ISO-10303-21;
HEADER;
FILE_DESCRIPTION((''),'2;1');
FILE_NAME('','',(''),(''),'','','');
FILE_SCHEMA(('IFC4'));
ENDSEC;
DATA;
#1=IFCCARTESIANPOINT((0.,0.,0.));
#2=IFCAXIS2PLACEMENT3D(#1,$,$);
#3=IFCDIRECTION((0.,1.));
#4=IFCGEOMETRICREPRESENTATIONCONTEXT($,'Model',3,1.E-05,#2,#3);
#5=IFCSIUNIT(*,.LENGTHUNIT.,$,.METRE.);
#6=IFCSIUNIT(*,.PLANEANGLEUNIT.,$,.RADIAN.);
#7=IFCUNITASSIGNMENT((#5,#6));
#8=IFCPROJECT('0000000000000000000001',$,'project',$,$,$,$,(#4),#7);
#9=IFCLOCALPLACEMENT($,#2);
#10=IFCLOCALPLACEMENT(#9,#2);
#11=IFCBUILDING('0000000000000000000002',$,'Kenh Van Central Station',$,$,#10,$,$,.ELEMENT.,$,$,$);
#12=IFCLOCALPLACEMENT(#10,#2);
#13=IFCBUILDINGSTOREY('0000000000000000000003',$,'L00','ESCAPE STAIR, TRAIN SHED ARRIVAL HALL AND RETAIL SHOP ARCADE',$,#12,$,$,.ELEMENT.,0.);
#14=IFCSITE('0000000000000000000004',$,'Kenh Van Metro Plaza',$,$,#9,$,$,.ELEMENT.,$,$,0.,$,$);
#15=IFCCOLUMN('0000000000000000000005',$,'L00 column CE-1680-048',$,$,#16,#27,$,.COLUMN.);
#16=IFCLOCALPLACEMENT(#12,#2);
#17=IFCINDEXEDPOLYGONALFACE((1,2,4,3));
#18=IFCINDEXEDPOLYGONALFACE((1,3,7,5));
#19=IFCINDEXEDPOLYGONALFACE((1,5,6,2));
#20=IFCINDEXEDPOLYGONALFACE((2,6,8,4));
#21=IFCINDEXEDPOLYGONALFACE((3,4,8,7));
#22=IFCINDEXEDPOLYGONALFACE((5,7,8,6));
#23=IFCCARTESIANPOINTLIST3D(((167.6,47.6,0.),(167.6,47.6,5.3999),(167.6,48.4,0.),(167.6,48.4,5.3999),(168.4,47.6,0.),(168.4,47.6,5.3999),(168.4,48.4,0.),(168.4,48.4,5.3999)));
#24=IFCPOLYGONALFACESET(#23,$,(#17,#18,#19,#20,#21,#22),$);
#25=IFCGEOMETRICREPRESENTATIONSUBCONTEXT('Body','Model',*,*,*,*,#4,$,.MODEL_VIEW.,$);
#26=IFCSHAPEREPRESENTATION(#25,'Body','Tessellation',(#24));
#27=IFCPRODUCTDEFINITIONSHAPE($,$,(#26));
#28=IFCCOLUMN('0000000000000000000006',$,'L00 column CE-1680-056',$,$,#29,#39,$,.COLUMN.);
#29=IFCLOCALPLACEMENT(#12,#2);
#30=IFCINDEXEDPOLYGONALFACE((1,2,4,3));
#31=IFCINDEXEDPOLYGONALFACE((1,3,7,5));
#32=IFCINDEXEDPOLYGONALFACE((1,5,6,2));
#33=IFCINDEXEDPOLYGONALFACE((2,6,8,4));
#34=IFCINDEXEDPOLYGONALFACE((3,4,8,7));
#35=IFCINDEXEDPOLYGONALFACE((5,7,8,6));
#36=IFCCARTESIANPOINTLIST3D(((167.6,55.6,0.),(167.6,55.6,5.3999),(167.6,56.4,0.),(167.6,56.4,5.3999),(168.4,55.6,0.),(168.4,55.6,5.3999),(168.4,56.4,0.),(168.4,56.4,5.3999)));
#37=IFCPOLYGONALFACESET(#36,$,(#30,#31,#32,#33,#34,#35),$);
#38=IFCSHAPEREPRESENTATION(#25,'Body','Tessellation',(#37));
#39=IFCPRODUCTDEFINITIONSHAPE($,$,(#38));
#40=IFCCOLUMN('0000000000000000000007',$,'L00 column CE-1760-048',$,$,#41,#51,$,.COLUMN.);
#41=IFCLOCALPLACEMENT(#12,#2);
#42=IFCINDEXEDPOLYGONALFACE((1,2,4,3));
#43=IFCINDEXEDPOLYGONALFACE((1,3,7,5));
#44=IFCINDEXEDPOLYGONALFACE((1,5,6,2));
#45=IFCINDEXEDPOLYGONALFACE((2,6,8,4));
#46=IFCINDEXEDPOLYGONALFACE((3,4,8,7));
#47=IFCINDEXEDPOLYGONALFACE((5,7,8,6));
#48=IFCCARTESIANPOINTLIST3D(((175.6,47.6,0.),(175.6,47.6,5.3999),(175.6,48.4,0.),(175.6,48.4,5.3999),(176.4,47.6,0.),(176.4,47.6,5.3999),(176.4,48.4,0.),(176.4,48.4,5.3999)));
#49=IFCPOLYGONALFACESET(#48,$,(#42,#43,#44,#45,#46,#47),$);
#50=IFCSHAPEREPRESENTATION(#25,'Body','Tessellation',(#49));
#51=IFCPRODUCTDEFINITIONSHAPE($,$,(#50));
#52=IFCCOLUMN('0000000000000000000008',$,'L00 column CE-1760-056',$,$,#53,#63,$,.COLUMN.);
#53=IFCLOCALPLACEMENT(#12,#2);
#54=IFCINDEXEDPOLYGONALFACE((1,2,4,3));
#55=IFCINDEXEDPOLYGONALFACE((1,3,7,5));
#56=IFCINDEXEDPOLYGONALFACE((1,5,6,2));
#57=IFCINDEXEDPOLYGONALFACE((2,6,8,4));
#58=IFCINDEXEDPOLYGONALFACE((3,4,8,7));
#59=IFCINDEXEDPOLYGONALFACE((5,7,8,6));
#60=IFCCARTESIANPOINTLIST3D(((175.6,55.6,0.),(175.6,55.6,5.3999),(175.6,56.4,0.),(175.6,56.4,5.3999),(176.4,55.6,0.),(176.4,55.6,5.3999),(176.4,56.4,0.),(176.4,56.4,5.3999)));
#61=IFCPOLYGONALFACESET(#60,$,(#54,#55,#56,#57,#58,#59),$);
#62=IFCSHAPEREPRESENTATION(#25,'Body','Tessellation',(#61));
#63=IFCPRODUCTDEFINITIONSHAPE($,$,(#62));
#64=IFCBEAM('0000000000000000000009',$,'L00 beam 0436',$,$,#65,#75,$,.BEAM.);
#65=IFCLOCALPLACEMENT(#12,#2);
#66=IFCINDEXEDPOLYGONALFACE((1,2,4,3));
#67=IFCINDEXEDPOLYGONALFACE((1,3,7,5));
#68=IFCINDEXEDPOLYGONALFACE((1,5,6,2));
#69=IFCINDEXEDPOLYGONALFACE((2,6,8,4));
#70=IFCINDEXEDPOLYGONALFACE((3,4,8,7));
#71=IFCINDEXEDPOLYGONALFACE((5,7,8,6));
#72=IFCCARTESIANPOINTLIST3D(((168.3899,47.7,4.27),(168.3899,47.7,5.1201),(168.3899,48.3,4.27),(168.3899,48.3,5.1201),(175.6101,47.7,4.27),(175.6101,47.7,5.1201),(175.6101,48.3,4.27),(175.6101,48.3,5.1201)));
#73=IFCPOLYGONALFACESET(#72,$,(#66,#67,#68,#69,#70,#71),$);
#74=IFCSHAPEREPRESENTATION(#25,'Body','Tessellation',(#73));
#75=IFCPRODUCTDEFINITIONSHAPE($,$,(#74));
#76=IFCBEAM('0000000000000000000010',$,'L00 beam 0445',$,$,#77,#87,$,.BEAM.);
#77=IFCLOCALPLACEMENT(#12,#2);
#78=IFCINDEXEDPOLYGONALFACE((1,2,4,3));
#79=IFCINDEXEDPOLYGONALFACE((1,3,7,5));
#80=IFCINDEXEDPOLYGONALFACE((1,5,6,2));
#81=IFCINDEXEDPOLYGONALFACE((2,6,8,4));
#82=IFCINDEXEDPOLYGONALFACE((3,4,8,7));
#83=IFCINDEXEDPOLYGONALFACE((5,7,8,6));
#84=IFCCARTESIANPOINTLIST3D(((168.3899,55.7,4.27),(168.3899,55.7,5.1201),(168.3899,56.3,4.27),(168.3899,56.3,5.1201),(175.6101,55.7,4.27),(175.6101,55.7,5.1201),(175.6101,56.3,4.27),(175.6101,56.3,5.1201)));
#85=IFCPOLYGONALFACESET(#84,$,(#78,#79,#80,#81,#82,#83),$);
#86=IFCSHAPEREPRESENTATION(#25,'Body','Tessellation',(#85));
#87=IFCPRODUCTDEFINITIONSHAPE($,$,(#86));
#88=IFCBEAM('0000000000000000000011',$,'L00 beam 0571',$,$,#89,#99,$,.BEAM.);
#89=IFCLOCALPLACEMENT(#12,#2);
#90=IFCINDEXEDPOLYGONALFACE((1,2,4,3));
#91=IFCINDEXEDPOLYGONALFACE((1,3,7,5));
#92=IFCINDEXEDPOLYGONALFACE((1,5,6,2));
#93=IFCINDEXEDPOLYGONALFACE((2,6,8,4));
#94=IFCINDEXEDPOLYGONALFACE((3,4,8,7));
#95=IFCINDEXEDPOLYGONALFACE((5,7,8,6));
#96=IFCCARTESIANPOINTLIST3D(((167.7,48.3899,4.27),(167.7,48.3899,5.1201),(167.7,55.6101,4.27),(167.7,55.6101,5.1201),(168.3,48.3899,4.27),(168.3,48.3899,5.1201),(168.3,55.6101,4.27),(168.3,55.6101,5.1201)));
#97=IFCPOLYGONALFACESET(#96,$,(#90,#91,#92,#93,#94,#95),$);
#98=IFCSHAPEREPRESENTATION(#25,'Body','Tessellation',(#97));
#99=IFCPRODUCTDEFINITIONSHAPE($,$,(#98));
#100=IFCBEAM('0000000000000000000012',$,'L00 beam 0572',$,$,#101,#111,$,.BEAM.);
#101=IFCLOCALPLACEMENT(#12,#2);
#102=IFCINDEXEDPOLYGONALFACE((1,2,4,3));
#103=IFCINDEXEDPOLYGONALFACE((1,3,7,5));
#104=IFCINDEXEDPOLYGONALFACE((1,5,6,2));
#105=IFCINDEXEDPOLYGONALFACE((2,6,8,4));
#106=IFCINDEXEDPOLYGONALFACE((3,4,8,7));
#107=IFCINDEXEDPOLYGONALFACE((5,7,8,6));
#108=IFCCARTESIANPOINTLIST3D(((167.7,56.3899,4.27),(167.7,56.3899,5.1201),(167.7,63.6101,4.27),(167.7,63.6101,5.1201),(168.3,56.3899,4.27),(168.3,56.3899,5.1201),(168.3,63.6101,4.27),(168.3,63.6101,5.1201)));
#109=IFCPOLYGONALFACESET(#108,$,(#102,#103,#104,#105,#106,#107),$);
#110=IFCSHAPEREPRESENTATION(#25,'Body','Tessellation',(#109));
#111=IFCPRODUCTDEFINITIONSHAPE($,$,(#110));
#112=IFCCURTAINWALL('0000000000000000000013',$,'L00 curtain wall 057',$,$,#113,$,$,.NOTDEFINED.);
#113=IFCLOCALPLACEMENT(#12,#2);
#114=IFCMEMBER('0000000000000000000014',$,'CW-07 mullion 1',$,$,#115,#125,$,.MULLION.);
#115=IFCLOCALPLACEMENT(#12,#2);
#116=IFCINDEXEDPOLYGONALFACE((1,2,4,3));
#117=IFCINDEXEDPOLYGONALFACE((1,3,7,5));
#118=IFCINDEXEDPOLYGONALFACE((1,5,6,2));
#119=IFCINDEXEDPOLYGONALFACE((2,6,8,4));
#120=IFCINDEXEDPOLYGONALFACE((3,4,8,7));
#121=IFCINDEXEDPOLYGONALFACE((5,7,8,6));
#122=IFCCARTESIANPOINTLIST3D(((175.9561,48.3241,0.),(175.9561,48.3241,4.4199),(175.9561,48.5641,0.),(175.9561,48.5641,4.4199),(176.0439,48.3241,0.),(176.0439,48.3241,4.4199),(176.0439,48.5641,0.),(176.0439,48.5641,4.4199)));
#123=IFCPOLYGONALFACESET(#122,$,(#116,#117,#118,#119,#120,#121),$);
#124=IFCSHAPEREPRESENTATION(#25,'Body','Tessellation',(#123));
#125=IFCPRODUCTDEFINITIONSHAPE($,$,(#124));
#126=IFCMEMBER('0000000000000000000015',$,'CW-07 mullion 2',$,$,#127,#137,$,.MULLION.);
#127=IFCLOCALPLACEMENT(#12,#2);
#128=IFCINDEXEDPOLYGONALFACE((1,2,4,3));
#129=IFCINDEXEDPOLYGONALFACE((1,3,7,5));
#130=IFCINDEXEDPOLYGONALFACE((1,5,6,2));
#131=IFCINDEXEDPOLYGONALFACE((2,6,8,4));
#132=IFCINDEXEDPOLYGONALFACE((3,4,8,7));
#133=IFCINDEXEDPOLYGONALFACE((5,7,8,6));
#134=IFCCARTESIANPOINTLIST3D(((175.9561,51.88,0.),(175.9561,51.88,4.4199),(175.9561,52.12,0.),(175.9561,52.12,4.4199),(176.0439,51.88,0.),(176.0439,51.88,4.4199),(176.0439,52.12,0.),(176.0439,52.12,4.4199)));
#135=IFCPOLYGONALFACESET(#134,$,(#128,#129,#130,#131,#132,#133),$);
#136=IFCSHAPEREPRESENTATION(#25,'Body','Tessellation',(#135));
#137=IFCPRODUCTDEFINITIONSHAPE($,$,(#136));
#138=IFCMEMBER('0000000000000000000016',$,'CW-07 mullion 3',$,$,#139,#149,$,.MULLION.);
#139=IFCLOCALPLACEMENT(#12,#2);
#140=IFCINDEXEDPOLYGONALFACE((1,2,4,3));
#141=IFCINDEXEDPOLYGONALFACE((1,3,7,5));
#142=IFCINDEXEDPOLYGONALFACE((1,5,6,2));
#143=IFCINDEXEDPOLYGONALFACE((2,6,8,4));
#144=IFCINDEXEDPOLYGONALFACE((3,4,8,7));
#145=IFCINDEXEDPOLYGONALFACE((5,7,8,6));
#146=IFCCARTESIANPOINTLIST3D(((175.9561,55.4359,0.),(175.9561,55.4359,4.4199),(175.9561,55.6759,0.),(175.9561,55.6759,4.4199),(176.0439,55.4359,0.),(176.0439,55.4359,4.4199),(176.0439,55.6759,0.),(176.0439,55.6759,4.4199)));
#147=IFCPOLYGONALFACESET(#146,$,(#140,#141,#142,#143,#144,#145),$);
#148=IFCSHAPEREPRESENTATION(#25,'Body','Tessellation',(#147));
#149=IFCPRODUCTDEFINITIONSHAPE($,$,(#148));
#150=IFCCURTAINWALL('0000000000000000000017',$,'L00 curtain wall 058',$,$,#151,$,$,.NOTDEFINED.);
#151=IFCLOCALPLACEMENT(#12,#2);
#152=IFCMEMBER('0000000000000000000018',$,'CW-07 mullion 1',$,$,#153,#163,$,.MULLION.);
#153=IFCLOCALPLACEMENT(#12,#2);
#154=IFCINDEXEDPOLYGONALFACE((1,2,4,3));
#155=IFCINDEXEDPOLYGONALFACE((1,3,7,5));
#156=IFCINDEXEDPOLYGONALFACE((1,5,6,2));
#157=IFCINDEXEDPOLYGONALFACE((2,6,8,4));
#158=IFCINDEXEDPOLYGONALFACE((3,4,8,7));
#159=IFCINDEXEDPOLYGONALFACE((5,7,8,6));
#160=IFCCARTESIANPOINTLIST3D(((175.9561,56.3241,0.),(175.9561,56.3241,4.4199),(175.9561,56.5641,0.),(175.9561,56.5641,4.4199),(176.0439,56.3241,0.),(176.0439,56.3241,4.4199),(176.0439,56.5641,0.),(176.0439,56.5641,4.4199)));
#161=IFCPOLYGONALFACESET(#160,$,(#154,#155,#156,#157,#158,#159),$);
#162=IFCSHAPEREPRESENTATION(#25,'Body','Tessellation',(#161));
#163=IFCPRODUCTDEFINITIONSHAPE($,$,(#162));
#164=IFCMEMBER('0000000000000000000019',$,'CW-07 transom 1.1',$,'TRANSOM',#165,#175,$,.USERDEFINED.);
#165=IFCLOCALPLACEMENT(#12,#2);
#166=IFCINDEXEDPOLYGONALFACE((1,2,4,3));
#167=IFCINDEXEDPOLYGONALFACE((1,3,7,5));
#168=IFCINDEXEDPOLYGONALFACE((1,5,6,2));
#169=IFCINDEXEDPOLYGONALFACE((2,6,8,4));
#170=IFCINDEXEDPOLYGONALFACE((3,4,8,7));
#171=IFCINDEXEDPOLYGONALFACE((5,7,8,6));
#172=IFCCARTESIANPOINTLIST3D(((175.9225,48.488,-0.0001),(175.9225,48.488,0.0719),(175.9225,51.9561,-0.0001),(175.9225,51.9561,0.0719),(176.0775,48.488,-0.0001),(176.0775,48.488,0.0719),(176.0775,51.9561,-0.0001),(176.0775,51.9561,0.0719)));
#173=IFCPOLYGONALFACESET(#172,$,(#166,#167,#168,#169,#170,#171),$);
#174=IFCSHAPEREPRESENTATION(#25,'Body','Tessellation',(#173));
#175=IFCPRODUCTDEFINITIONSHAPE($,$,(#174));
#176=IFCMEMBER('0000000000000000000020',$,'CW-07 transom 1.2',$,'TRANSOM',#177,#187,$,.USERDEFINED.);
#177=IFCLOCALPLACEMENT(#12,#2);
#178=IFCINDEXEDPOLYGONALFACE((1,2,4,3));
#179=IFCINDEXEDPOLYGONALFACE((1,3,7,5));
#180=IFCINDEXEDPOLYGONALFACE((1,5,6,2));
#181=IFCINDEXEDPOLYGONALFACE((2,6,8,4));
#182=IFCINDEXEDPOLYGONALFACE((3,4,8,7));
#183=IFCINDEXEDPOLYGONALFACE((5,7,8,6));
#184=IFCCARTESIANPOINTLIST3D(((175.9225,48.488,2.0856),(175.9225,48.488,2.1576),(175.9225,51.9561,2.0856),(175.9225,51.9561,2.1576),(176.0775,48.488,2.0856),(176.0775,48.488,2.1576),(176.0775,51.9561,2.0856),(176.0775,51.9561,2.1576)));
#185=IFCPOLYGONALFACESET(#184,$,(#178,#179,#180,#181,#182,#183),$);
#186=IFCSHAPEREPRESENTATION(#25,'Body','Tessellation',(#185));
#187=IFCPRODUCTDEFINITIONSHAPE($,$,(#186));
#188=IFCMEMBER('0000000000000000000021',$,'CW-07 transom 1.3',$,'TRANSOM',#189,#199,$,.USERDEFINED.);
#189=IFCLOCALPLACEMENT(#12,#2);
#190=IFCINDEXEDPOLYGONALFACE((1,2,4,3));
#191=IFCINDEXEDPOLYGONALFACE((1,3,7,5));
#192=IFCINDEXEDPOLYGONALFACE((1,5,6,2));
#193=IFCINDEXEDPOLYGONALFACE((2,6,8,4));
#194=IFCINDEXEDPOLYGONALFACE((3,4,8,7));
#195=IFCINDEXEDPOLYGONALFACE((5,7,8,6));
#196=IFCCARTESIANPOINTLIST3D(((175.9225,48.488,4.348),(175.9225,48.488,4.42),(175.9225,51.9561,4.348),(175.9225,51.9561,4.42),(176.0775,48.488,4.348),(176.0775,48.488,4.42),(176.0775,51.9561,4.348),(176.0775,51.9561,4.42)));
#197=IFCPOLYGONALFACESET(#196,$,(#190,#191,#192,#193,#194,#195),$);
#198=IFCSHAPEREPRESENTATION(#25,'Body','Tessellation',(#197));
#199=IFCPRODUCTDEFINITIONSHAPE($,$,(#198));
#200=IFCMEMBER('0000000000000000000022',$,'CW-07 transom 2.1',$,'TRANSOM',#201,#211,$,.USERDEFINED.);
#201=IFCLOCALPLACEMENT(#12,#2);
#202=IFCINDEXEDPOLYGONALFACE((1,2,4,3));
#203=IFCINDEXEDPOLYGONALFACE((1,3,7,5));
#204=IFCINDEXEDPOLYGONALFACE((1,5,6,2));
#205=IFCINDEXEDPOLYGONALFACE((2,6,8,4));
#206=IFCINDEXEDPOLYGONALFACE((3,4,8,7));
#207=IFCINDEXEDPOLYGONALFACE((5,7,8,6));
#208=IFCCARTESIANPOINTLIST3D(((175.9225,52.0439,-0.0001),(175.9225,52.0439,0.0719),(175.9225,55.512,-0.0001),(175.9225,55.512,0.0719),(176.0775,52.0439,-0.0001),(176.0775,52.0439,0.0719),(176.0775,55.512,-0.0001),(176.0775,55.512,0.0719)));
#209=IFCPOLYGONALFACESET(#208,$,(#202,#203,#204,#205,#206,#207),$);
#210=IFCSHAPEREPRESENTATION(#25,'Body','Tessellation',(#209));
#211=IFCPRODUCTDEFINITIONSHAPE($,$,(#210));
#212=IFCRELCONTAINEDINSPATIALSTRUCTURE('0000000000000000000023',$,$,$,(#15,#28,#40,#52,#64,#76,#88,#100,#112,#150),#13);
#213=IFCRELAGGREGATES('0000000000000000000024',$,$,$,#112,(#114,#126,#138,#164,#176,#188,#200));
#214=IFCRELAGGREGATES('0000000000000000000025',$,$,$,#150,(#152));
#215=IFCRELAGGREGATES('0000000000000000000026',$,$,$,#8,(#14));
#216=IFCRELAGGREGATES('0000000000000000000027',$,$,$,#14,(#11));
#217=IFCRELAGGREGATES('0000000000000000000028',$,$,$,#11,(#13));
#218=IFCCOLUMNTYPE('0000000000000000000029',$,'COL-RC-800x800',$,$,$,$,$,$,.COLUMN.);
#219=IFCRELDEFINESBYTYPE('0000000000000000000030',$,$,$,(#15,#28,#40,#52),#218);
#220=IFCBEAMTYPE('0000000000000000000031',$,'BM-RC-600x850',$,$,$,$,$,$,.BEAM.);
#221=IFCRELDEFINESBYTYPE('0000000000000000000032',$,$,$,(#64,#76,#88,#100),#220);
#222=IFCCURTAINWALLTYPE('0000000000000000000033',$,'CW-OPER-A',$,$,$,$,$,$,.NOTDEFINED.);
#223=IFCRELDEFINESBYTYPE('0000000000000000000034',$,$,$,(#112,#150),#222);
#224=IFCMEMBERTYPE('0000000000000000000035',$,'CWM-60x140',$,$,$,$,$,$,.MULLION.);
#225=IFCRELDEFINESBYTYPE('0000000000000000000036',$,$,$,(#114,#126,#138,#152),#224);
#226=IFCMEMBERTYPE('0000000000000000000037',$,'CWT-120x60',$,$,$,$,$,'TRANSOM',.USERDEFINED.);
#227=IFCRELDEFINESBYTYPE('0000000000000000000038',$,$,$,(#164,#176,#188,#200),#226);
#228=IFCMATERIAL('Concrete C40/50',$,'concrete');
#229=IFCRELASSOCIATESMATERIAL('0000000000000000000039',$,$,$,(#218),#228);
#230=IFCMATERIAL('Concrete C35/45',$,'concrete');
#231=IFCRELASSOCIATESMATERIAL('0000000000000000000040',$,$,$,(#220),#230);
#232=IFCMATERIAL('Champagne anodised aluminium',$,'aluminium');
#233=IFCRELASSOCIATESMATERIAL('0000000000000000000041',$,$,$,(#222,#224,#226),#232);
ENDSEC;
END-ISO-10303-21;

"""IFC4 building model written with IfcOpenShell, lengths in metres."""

from ifc_helpers import new_model, si_unit, direction, frame, origin, origin_2d, place, context, subcontext, project, spatial, rectangle, extrude, material, material_profile, profile_set, type_object, element, aggregate, save


model = new_model("IFC4")

# Units and contexts
model_context = context("Model", 3, precision=1e-05, world=origin(), true_north=direction((0.0, 1.0)))
body_context = subcontext(model_context, "Body", "Model", "MODEL_VIEW")
ifc_project = project(units=[si_unit("LENGTHUNIT", "METRE"), si_unit("PLANEANGLEUNIT", "RADIAN")], contexts=[model_context])

# Site, building, storey
site_placement = place(None, origin())
site = spatial("IfcSite", under=ifc_project, at=site_placement, Name="Kenh Van Metro Plaza", CompositionType="ELEMENT", RefElevation=0.0)
building_placement = place(site_placement, origin())
building = spatial("IfcBuilding", under=site, at=building_placement, Name="Kenh Van Central Station", CompositionType="ELEMENT")
storey_placement = place(building_placement, origin())
storey = spatial("IfcBuildingStorey", under=building, at=storey_placement, Name="L00", Description="ESCAPE STAIR, TRAIN SHED ARRIVAL HALL AND RETAIL SHOP ARCADE", CompositionType="ELEMENT", Elevation=0.0)

# Columns
ifc_material_1 = material(Name="Concrete C40/50", Category="concrete")
ifc_material_profile_1 = material_profile(ifc_material_1, rectangle(XDim=0.8, YDim=0.8, at=origin_2d()), Name="RC 800x800")
ifc_profile_set_1 = profile_set([ifc_material_profile_1], Name="Concrete C40/50")
column_type = type_object("IfcColumnType", Name="COL-RC-800x800", PredefinedType="COLUMN", material=ifc_profile_set_1)
for number, where, z_axis, x_axis, name in (
    (1, (168.0, 48.0, 0.0), (0.0, 0.0, 1.0), (1.0, 0.0, 0.0), "L00 column CE-1680-048"),
    (2, (168.0, 56.0, 0.0), (0.0, 0.0, 1.0), (1.0, 0.0, 0.0), "L00 column CE-1680-056"),
    (3, (176.0, 48.0, 0.0), (0.0, 0.0, 1.0), (1.0, 0.0, 0.0), "L00 column CE-1760-048"),
    (4, (176.0, 56.0, 0.0), (0.0, 0.0, 1.0), (1.0, 0.0, 0.0), "L00 column CE-1760-056"),
):
    element("IfcColumn", number, at=place(storey_placement, frame(where, z_axis=z_axis, x_axis=x_axis)), inside=storey, type_object=column_type, Name=name, PredefinedType="COLUMN", context=body_context, shape_type="SweptSolid", body=[
        extrude(rectangle(XDim=0.8, YDim=0.8, at=origin_2d()), origin(), (0.0, 0.0, 1.0), 5.3999),
    ])

# Beams
ifc_material_2 = material(Name="Concrete C35/45", Category="concrete")
ifc_material_profile_2 = material_profile(ifc_material_2, rectangle(XDim=0.6001, YDim=0.8501, at=origin_2d()), Name="RC 600x850")
ifc_profile_set_2 = profile_set([ifc_material_profile_2], Name="Concrete C35/45")
beam_type_1 = type_object("IfcBeamType", Name="BM-RC-600x850", PredefinedType="BEAM", material=ifc_profile_set_2)
for number, where, z_axis, x_axis, name in (
    (5, (168.3899, 48.0, 4.6951), (1.0, 0.0, 0.0), (0.0, 1.0, 0.0), "L00 beam 0436"),
    (6, (168.3899, 56.0, 4.6951), (1.0, 0.0, 0.0), (0.0, 1.0, 0.0), "L00 beam 0445"),
    (7, (168.0, 48.3899, 4.6951), (0.0, 1.0, 0.0), (-1.0, 0.0, 0.0), "L00 beam 0571"),
    (8, (168.0, 56.3899, 4.6951), (0.0, 1.0, 0.0), (-1.0, 0.0, 0.0), "L00 beam 0572"),
):
    element("IfcBeam", number, at=place(storey_placement, frame(where, z_axis=z_axis, x_axis=x_axis)), inside=storey, type_object=beam_type_1, Name=name, PredefinedType="BEAM", context=body_context, shape_type="SweptSolid", body=[
        extrude(rectangle(XDim=0.6001, YDim=0.8501, at=origin_2d()), origin(), (0.0, 0.0, 1.0), 7.2202),
    ])

# Curtain wall, members
ifc_material_3 = material(Name="Champagne anodised aluminium", Category="aluminium")
curtain_wall_type = type_object("IfcCurtainWallType", Name="CW-OPER-A", PredefinedType="NOTDEFINED", material=ifc_material_3)
curtain_wall_1_placement = place(storey_placement, origin())
curtain_wall_1 = element("IfcCurtainWall", 9, at=curtain_wall_1_placement, inside=storey, type_object=curtain_wall_type, Name="L00 curtain wall 057", PredefinedType="NOTDEFINED")
ifc_material_profile_3 = material_profile(ifc_material_3, rectangle(XDim=0.0879, YDim=0.24, at=origin_2d()), Name="AL 88x240")
ifc_profile_set_3 = profile_set([ifc_material_profile_3], Name="Champagne anodised aluminium")
member_type_1 = type_object("IfcMemberType", Name="CWM-60x140", PredefinedType="MULLION", material=ifc_profile_set_3)
member_1_placement = place(storey_placement, frame((176.0, 48.4441, 0.0), z_axis=(0.0, 0.0, 1.0), x_axis=(-1.0, 0.0, 0.0)))
member_1 = element("IfcMember", 10, at=member_1_placement, type_object=member_type_1, Name="CW-07 mullion 1", PredefinedType="MULLION", context=body_context, shape_type="SweptSolid", body=[
    extrude(rectangle(XDim=0.0879, YDim=0.24, at=origin_2d()), origin(), (0.0, 0.0, 1.0), 4.4199),
])
member_2_placement = place(storey_placement, frame((176.0, 52.0, 0.0), z_axis=(0.0, 0.0, 1.0), x_axis=(-1.0, 0.0, 0.0)))
member_2 = element("IfcMember", 11, at=member_2_placement, type_object=member_type_1, Name="CW-07 mullion 2", PredefinedType="MULLION", context=body_context, shape_type="SweptSolid", body=[
    extrude(rectangle(XDim=0.0879, YDim=0.24, at=origin_2d()), origin(), (0.0, 0.0, 1.0), 4.4199),
])
member_3_placement = place(storey_placement, frame((176.0, 55.5559, 0.0), z_axis=(0.0, 0.0, 1.0), x_axis=(-1.0, 0.0, 0.0)))
member_3 = element("IfcMember", 12, at=member_3_placement, type_object=member_type_1, Name="CW-07 mullion 3", PredefinedType="MULLION", context=body_context, shape_type="SweptSolid", body=[
    extrude(rectangle(XDim=0.0879, YDim=0.24, at=origin_2d()), origin(), (0.0, 0.0, 1.0), 4.4199),
])

# Curtain wall, member
curtain_wall_2_placement = place(storey_placement, origin())
curtain_wall_2 = element("IfcCurtainWall", 13, at=curtain_wall_2_placement, inside=storey, type_object=curtain_wall_type, Name="L00 curtain wall 058", PredefinedType="NOTDEFINED")
member_4_placement = place(storey_placement, frame((176.0, 56.4441, 0.0), z_axis=(0.0, 0.0, 1.0), x_axis=(-1.0, 0.0, 0.0)))
member_4 = element("IfcMember", 14, at=member_4_placement, type_object=member_type_1, Name="CW-07 mullion 1", PredefinedType="MULLION", context=body_context, shape_type="SweptSolid", body=[
    extrude(rectangle(XDim=0.0879, YDim=0.24, at=origin_2d()), origin(), (0.0, 0.0, 1.0), 4.4199),
])

# Members
ifc_material_profile_4 = material_profile(ifc_material_3, rectangle(XDim=0.155, YDim=0.072, at=origin_2d()), Name="AL 155x72")
ifc_profile_set_4 = profile_set([ifc_material_profile_4], Name="Champagne anodised aluminium")
member_type_2 = type_object("IfcMemberType", Name="CWT-120x60", ElementType="TRANSOM", PredefinedType="USERDEFINED", material=ifc_profile_set_4)
member_5_placement = place(storey_placement, frame((176.0, 48.488, 0.0359), z_axis=(0.0, 1.0, 0.0), x_axis=(-1.0, 0.0, 0.0)))
member_5 = element("IfcMember", 15, at=member_5_placement, type_object=member_type_2, Name="CW-07 transom 1.1", ObjectType="TRANSOM", PredefinedType="USERDEFINED", context=body_context, shape_type="SweptSolid", body=[
    extrude(rectangle(XDim=0.155, YDim=0.072, at=origin_2d()), origin(), (0.0, 0.0, 1.0), 3.468),
])
member_6_placement = place(storey_placement, frame((176.0, 48.488, 2.1216), z_axis=(0.0, 1.0, 0.0), x_axis=(-1.0, 0.0, 0.0)))
member_6 = element("IfcMember", 16, at=member_6_placement, type_object=member_type_2, Name="CW-07 transom 1.2", ObjectType="TRANSOM", PredefinedType="USERDEFINED", context=body_context, shape_type="SweptSolid", body=[
    extrude(rectangle(XDim=0.155, YDim=0.072, at=origin_2d()), origin(), (0.0, 0.0, 1.0), 3.468),
])
member_7_placement = place(storey_placement, frame((176.0, 48.488, 4.384), z_axis=(0.0, 1.0, 0.0), x_axis=(-1.0, 0.0, 0.0)))
member_7 = element("IfcMember", 17, at=member_7_placement, type_object=member_type_2, Name="CW-07 transom 1.3", ObjectType="TRANSOM", PredefinedType="USERDEFINED", context=body_context, shape_type="SweptSolid", body=[
    extrude(rectangle(XDim=0.155, YDim=0.072, at=origin_2d()), origin(), (0.0, 0.0, 1.0), 3.468),
])
member_8_placement = place(storey_placement, frame((176.0, 52.0439, 0.0359), z_axis=(0.0, 1.0, 0.0), x_axis=(-1.0, 0.0, 0.0)))
member_8 = element("IfcMember", 18, at=member_8_placement, type_object=member_type_2, Name="CW-07 transom 2.1", ObjectType="TRANSOM", PredefinedType="USERDEFINED", context=body_context, shape_type="SweptSolid", body=[
    extrude(rectangle(XDim=0.155, YDim=0.072, at=origin_2d()), origin(), (0.0, 0.0, 1.0), 3.468),
])

aggregate(curtain_wall_1, [member_1, member_2, member_3, member_5, member_6, member_7, member_8])
aggregate(curtain_wall_2, [member_4])

save(model, "model.ifc")
